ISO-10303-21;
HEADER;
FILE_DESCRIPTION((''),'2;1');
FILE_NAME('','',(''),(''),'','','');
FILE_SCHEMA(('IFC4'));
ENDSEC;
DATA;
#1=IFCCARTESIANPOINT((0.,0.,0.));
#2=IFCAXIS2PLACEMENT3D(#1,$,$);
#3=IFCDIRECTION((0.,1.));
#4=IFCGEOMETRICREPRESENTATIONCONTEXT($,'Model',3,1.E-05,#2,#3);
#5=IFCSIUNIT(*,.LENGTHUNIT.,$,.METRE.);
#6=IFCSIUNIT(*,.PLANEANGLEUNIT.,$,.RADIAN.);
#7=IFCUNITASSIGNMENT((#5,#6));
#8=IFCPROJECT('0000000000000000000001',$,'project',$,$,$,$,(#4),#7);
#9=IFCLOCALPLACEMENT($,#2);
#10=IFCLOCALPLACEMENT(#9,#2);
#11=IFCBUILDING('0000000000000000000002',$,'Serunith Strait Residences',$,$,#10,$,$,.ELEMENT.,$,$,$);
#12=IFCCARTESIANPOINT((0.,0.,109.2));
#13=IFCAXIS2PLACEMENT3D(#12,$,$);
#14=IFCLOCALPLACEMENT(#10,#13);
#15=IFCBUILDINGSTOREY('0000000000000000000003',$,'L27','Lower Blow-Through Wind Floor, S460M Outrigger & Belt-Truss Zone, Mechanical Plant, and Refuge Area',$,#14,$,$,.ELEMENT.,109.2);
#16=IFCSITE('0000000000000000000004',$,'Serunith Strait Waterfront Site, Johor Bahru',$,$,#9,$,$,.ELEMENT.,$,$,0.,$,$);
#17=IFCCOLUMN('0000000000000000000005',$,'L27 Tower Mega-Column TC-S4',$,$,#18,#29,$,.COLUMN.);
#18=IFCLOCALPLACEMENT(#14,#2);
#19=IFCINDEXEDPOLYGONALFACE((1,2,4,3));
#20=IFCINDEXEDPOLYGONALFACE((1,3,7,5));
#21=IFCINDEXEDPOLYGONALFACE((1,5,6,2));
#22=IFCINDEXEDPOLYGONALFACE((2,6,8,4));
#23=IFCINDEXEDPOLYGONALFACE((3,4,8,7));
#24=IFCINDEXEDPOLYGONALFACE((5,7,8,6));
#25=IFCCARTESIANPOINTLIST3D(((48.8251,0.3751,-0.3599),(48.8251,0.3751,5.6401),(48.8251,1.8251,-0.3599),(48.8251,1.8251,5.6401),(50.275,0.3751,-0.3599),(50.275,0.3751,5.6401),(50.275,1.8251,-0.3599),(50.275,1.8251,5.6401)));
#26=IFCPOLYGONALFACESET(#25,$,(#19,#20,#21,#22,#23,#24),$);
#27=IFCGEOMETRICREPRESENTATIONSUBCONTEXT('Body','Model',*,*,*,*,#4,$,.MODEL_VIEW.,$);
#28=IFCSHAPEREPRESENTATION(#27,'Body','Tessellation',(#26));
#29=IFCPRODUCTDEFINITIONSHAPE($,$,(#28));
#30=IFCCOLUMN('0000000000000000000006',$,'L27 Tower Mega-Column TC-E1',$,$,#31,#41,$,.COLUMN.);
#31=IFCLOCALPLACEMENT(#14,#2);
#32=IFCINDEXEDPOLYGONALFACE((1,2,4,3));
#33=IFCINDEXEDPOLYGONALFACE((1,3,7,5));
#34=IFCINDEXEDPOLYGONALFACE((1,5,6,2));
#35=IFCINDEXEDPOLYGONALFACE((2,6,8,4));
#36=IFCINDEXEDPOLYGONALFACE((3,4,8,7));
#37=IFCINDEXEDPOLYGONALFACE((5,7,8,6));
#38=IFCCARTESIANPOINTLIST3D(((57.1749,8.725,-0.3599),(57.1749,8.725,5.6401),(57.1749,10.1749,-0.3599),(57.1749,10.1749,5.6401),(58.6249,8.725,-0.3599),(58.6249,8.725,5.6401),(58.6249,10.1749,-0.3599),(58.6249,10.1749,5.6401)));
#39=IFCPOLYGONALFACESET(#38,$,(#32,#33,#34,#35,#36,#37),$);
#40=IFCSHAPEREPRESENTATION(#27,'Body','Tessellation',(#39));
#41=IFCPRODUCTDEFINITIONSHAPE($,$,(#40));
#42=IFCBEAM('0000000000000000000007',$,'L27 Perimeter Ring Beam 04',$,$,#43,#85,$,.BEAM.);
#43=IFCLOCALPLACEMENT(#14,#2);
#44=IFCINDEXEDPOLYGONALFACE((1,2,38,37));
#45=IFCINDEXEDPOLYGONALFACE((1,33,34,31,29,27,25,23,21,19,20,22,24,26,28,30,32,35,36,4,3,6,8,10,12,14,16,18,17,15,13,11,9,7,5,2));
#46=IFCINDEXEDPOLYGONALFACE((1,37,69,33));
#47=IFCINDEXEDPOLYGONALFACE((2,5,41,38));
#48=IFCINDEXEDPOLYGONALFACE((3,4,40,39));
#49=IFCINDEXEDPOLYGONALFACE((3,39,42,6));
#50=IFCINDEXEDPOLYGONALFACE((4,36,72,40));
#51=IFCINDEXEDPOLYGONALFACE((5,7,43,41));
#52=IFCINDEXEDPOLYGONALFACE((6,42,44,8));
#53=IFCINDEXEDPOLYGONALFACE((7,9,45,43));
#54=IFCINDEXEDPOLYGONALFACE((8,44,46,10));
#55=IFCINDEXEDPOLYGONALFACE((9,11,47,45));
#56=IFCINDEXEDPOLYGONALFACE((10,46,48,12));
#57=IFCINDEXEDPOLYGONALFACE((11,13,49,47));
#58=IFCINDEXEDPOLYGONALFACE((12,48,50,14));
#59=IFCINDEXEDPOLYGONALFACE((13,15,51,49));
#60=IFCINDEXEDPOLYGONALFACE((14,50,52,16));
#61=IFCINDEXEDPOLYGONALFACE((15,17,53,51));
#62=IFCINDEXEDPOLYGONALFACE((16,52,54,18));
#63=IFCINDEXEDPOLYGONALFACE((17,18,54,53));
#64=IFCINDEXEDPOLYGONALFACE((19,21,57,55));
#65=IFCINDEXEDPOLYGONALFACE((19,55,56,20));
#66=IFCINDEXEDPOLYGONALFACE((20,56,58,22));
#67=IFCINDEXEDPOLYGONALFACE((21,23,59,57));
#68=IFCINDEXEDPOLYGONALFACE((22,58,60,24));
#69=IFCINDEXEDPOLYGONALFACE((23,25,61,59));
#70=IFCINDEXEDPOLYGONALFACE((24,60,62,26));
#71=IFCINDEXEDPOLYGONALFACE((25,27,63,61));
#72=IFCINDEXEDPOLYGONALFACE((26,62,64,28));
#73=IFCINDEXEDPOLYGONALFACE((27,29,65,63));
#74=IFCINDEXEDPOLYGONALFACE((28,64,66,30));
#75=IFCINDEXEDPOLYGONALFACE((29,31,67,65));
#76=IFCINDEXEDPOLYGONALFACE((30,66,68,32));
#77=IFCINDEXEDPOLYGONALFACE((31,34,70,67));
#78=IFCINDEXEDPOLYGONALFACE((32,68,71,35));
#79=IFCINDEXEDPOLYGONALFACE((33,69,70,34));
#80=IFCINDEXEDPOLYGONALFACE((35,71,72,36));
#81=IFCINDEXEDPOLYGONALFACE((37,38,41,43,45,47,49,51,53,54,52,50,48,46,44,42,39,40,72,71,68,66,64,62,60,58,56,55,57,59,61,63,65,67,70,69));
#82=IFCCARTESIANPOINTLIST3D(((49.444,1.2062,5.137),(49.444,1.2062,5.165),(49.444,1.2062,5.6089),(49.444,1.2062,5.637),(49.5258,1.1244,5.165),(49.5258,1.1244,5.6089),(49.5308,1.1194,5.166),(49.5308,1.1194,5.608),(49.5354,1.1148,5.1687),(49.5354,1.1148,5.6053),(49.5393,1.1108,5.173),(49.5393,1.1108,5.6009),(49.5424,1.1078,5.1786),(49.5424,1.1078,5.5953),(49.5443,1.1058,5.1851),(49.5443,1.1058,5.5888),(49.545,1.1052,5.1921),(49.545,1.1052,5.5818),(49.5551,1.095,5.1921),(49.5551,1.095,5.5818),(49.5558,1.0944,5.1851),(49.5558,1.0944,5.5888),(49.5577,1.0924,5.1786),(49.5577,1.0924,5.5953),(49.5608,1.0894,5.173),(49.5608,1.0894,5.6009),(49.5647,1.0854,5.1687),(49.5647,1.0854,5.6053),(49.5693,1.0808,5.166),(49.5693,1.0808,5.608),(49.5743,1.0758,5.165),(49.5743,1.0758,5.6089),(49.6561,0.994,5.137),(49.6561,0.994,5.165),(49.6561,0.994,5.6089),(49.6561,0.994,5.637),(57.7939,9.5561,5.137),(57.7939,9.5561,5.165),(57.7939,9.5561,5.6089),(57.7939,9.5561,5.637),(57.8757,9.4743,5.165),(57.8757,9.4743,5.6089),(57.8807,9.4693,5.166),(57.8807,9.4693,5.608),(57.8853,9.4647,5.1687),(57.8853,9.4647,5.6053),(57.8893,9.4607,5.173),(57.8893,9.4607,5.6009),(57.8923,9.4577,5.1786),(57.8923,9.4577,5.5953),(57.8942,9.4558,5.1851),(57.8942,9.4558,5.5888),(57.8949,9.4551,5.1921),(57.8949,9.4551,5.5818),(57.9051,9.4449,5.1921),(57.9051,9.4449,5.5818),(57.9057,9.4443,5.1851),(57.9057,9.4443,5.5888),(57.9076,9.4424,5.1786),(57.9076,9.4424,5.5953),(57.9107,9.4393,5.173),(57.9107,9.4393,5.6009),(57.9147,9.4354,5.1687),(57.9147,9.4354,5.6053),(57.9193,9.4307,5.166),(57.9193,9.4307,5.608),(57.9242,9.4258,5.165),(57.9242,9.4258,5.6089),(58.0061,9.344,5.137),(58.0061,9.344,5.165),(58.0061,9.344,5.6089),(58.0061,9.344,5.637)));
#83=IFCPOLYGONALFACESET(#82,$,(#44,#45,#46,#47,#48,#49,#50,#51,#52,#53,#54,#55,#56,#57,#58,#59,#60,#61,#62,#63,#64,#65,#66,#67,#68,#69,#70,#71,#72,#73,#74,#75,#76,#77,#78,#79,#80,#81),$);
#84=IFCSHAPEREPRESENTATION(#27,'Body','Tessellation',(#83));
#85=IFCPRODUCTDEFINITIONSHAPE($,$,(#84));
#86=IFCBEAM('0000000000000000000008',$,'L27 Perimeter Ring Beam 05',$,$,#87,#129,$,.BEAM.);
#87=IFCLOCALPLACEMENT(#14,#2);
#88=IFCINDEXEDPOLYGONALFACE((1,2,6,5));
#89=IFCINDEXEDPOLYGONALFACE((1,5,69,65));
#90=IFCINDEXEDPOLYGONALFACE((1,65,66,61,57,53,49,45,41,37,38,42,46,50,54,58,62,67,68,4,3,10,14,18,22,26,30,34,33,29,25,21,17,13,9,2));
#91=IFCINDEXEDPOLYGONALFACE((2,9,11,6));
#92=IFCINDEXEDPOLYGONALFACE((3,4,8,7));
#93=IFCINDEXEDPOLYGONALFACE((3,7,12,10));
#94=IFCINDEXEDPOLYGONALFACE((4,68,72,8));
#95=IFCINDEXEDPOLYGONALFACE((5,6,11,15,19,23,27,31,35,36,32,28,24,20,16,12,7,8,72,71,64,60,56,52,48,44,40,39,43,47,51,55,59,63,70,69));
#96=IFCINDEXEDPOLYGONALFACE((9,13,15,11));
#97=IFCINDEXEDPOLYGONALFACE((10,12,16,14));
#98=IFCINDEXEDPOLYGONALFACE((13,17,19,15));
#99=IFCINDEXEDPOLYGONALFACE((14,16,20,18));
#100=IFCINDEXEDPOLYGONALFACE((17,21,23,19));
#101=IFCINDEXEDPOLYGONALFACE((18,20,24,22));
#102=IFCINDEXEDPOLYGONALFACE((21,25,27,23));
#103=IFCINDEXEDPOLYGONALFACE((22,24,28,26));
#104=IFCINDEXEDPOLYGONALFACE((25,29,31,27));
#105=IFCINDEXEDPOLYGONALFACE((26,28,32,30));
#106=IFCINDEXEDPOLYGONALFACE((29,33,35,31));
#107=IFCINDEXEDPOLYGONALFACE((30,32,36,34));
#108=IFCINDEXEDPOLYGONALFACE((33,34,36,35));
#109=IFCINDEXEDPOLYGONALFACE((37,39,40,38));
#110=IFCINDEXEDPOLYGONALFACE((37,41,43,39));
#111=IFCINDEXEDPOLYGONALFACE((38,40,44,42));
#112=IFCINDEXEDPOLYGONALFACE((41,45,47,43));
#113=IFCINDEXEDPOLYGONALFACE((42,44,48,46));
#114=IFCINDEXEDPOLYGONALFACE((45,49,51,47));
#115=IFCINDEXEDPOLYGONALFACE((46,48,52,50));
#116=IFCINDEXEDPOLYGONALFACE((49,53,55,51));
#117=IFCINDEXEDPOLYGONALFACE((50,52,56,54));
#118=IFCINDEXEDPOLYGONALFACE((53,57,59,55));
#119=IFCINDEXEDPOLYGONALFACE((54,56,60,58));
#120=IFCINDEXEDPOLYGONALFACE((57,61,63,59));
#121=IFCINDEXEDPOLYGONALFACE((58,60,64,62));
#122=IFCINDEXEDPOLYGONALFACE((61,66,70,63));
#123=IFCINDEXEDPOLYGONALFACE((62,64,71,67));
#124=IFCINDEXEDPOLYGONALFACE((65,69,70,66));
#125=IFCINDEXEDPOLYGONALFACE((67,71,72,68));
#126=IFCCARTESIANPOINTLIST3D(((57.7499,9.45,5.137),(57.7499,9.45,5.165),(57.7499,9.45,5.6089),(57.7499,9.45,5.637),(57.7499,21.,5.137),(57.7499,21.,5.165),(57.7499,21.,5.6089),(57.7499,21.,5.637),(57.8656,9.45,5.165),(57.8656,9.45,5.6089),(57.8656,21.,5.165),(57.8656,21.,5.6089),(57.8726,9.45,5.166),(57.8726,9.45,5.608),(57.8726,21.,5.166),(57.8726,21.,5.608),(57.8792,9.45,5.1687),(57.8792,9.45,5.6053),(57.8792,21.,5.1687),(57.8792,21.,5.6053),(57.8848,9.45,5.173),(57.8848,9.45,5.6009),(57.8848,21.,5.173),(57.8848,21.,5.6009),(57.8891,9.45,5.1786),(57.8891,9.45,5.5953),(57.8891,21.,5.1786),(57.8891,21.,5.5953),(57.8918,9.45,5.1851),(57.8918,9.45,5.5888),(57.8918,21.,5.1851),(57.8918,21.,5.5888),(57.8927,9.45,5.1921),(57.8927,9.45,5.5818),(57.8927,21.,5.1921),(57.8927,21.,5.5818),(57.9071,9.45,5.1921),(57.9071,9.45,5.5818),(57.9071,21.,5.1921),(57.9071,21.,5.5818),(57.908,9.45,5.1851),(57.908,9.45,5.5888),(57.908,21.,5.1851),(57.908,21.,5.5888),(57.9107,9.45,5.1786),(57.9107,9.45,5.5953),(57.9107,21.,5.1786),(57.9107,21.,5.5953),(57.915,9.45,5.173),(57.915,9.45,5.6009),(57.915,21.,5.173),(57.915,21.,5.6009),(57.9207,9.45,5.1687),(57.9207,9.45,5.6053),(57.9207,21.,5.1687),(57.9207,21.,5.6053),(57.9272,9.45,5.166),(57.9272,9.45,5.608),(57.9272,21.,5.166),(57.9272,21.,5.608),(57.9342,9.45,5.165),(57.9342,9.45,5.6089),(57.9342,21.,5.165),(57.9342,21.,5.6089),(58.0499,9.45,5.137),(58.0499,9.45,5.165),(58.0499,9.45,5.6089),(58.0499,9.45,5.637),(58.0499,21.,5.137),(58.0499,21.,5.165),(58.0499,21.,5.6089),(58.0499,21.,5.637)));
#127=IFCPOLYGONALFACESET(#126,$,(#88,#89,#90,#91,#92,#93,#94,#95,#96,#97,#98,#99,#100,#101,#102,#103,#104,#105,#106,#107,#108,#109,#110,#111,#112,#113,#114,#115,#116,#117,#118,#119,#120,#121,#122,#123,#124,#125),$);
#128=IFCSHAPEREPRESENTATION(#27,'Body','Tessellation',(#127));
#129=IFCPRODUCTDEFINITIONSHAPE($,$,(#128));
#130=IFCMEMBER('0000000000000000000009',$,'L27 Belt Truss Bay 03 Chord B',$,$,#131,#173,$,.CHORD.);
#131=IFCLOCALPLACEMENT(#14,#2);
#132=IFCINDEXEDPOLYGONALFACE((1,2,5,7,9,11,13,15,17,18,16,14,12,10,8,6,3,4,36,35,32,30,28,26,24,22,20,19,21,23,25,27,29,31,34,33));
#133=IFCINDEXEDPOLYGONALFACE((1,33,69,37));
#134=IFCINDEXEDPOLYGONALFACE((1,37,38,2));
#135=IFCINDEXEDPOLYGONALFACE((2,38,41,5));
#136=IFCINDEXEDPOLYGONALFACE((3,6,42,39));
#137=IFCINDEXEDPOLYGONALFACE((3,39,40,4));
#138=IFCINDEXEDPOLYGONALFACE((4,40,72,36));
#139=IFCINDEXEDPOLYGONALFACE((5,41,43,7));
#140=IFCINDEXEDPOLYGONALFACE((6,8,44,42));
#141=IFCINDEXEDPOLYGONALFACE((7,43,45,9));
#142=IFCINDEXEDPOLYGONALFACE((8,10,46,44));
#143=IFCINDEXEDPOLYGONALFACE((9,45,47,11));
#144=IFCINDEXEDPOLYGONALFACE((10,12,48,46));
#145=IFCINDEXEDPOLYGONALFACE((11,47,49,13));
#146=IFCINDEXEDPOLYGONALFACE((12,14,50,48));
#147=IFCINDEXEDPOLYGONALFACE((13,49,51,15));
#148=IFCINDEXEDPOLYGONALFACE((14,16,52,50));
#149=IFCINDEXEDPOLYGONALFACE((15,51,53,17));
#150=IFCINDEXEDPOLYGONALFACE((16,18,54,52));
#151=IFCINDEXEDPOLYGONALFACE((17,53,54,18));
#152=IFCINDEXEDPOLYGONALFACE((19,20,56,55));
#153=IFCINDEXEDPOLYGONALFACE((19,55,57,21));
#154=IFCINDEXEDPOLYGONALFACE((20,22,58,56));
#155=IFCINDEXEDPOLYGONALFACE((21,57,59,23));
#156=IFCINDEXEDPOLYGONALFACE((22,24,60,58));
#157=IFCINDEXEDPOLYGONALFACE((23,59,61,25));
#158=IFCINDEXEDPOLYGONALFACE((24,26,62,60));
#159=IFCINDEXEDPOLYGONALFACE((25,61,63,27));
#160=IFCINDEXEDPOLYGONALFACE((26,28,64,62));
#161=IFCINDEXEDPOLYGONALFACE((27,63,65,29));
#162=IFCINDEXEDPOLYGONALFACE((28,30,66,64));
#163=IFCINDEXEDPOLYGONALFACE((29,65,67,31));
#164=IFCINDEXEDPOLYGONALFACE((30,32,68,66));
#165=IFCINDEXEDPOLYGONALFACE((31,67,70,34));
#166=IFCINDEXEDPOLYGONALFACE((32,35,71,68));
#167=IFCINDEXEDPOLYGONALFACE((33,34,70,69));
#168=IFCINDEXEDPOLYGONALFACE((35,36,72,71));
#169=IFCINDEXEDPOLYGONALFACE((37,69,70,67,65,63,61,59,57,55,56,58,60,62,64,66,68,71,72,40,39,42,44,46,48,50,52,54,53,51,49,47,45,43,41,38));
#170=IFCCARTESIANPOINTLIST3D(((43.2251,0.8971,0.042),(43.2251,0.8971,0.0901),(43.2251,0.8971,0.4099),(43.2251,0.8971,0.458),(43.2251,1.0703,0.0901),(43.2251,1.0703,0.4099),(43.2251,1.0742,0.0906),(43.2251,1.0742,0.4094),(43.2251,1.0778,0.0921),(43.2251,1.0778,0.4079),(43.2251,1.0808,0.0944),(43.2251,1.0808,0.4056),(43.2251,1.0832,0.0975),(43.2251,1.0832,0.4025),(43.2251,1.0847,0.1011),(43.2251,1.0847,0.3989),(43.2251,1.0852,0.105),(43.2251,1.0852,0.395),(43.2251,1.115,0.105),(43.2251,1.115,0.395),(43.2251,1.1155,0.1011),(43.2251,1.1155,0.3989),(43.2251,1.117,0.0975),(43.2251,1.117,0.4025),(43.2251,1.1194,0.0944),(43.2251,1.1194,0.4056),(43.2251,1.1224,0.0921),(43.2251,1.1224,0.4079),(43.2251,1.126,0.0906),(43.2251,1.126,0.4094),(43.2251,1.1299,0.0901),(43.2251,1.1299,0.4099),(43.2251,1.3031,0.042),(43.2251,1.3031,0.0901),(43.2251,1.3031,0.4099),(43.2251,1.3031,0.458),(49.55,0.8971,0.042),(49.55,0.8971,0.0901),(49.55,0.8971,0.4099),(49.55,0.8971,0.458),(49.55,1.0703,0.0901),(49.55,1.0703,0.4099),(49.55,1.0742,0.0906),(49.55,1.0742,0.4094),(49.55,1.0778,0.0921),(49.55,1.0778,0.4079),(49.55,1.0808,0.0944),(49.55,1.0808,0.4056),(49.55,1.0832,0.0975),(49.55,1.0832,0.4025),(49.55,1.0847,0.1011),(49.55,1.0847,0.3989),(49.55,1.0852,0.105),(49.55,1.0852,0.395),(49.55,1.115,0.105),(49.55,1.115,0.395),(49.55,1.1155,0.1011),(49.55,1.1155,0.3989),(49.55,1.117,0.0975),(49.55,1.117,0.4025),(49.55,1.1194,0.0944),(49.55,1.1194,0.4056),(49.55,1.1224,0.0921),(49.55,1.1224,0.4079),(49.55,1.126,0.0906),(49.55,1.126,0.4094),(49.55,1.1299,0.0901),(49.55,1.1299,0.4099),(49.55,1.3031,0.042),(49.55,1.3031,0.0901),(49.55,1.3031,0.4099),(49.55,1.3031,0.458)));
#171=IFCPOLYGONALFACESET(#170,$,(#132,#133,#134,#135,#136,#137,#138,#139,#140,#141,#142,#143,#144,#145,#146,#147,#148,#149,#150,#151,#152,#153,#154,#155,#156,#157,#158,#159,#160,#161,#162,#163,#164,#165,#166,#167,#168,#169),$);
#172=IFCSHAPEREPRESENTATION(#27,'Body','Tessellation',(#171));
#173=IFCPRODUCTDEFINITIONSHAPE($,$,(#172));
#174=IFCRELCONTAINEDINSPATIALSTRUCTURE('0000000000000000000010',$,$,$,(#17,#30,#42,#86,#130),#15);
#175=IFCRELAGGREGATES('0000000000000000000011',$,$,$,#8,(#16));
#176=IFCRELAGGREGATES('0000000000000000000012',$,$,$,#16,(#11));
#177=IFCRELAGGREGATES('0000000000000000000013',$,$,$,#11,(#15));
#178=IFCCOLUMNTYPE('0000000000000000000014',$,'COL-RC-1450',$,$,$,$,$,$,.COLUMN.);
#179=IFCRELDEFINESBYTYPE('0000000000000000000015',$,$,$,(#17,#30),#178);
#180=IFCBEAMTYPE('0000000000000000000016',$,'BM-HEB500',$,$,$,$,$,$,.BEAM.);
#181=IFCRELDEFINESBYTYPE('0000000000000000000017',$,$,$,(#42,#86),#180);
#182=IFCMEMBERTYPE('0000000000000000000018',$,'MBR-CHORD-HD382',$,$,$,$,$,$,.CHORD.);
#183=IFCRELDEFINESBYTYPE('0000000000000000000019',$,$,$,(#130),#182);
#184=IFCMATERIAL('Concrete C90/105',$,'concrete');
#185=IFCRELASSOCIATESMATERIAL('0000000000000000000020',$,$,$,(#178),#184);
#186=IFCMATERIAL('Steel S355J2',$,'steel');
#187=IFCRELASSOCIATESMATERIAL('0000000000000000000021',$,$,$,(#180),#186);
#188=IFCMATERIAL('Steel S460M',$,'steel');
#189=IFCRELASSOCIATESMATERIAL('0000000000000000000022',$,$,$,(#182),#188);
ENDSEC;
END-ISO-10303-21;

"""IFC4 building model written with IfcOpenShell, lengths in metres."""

from ifc_helpers import new_model, si_unit, direction, frame, origin, origin_2d, place, context, subcontext, project, spatial, rectangle, i_section, extrude, source, transform, mapped, material, material_profile, profile_set, type_object, element, save


model = new_model("IFC4")

# Units and contexts
model_context = context("Model", 3, precision=1e-05, world=origin(), true_north=direction((0.0, 1.0)))
body_context = subcontext(model_context, "Body", "Model", "MODEL_VIEW")
ifc_project = project(units=[si_unit("LENGTHUNIT", "METRE"), si_unit("PLANEANGLEUNIT", "RADIAN")], contexts=[model_context])

# Site, building, storey
site_placement = place(None, origin())
site = spatial("IfcSite", under=ifc_project, at=site_placement, Name="Serunith Strait Waterfront Site, Johor Bahru", CompositionType="ELEMENT", RefElevation=0.0)
building_placement = place(site_placement, origin())
building = spatial("IfcBuilding", under=site, at=building_placement, Name="Serunith Strait Residences", CompositionType="ELEMENT")
storey_placement = place(building_placement, frame((0.0, 0.0, 109.2)))
storey = spatial("IfcBuildingStorey", under=building, at=storey_placement, Name="L27", Description="Lower Blow-Through Wind Floor, S460M Outrigger & Belt-Truss Zone, Mechanical Plant, and Refuge Area", CompositionType="ELEMENT", Elevation=109.2)

# Columns
ifc_material_1 = material(Name="Concrete C90/105", Category="concrete")
ifc_material_profile_1 = material_profile(ifc_material_1, rectangle(XDim=1.45, YDim=1.45, at=origin_2d()), Name="RC 1450x1450")
ifc_profile_set_1 = profile_set([ifc_material_profile_1], Name="Concrete C90/105")
column_type = type_object("IfcColumnType", Name="COL-RC-1450", PredefinedType="COLUMN", material=ifc_profile_set_1)
shared_shape_1 = source(origin(), body_context, "Body", "SweptSolid", [
    extrude(rectangle(XDim=1.45, YDim=1.45, at=origin_2d()), origin(), (0.0, 0.0, 1.0), 6.0),
])
for number, where, z_axis, x_axis, name in (
    (1, (49.55, 1.1001, -0.3599), (0.0, 0.0, 1.0), (1.0, 0.0, 0.0), "L27 Tower Mega-Column TC-S4"),
    (2, (57.8999, 9.45, -0.3599), (0.0, 0.0, 1.0), (1.0, 0.0, 0.0), "L27 Tower Mega-Column TC-E1"),
):
    element("IfcColumn", number, at=place(storey_placement, frame(where, z_axis=z_axis, x_axis=x_axis)), inside=storey, type_object=column_type, Name=name, PredefinedType="COLUMN", context=body_context, shape_type="MappedRepresentation", body=[
        mapped(shared_shape_1, transform((0.0, 0.0, 0.0), scale=1.0)),
    ])

# Beams
ifc_material_2 = material(Name="Steel S355J2", Category="steel")
ifc_material_profile_2 = material_profile(ifc_material_2, i_section(OverallWidth=0.3, OverallDepth=0.5, WebThickness=0.0144, FlangeThickness=0.0281, FilletRadius=0.0271, at=origin_2d()), Name="HEB 500")
ifc_profile_set_2 = profile_set([ifc_material_profile_2], Name="Steel S355J2")
beam_type = type_object("IfcBeamType", Name="BM-HEB500", PredefinedType="BEAM", material=ifc_profile_set_2)
shared_shape_2 = source(origin(), body_context, "Body", "SweptSolid", [
    extrude(i_section(OverallWidth=0.3, OverallDepth=0.5, WebThickness=0.0144, FlangeThickness=0.0281, FilletRadius=0.0271, at=origin_2d()), origin(), (0.0, 0.0, 1.0), 11.8086),
])
beam_1_placement = place(storey_placement, frame((49.55, 1.1001, 5.387), z_axis=(0.707107, 0.707107, 0.0), x_axis=(-0.707107, 0.707107, 0.0)))
element("IfcBeam", 3, at=beam_1_placement, inside=storey, type_object=beam_type, Name="L27 Perimeter Ring Beam 04", PredefinedType="BEAM", context=body_context, shape_type="MappedRepresentation", body=[
    mapped(shared_shape_2, transform((0.0, 0.0, 0.0), scale=1.0)),
])
shared_shape_3 = source(origin(), body_context, "Body", "SweptSolid", [
    extrude(i_section(OverallWidth=0.3, OverallDepth=0.5, WebThickness=0.0144, FlangeThickness=0.0281, FilletRadius=0.0271, at=origin_2d()), origin(), (0.0, 0.0, 1.0), 11.55),
])
beam_2_placement = place(storey_placement, frame((57.8999, 9.45, 5.387), z_axis=(0.0, 1.0, 0.0), x_axis=(-1.0, 0.0, 0.0)))
element("IfcBeam", 4, at=beam_2_placement, inside=storey, type_object=beam_type, Name="L27 Perimeter Ring Beam 05", PredefinedType="BEAM", context=body_context, shape_type="MappedRepresentation", body=[
    mapped(shared_shape_3, transform((0.0, 0.0, 0.0), scale=1.0)),
])

# Member
ifc_material_3 = material(Name="Steel S460M", Category="steel")
ifc_material_profile_3 = material_profile(ifc_material_3, i_section(OverallWidth=0.406, OverallDepth=0.416, WebThickness=0.0298, FlangeThickness=0.0481, FilletRadius=0.0149, at=origin_2d()), Name="HD 400x382")
ifc_profile_set_3 = profile_set([ifc_material_profile_3], Name="Steel S460M")
member_type_1 = type_object("IfcMemberType", Name="MBR-CHORD-HD382", PredefinedType="CHORD", material=ifc_profile_set_3)
shared_shape_4 = source(origin(), body_context, "Body", "SweptSolid", [
    extrude(i_section(OverallWidth=0.406, OverallDepth=0.416, WebThickness=0.0298, FlangeThickness=0.0481, FilletRadius=0.0149, at=origin_2d()), origin(), (0.0, 0.0, 1.0), 6.325),
])
member_1_placement = place(storey_placement, frame((43.2251, 1.1001, 0.25), z_axis=(1.0, 0.0, 0.0), x_axis=(0.0, 1.0, 0.0)))
element("IfcMember", 5, at=member_1_placement, inside=storey, type_object=member_type_1, Name="L27 Belt Truss Bay 03 Chord B", PredefinedType="CHORD", context=body_context, shape_type="MappedRepresentation", body=[
    mapped(shared_shape_4, transform((0.0, 0.0, 0.0), scale=1.0)),
])

save(model, "model.ifc")
